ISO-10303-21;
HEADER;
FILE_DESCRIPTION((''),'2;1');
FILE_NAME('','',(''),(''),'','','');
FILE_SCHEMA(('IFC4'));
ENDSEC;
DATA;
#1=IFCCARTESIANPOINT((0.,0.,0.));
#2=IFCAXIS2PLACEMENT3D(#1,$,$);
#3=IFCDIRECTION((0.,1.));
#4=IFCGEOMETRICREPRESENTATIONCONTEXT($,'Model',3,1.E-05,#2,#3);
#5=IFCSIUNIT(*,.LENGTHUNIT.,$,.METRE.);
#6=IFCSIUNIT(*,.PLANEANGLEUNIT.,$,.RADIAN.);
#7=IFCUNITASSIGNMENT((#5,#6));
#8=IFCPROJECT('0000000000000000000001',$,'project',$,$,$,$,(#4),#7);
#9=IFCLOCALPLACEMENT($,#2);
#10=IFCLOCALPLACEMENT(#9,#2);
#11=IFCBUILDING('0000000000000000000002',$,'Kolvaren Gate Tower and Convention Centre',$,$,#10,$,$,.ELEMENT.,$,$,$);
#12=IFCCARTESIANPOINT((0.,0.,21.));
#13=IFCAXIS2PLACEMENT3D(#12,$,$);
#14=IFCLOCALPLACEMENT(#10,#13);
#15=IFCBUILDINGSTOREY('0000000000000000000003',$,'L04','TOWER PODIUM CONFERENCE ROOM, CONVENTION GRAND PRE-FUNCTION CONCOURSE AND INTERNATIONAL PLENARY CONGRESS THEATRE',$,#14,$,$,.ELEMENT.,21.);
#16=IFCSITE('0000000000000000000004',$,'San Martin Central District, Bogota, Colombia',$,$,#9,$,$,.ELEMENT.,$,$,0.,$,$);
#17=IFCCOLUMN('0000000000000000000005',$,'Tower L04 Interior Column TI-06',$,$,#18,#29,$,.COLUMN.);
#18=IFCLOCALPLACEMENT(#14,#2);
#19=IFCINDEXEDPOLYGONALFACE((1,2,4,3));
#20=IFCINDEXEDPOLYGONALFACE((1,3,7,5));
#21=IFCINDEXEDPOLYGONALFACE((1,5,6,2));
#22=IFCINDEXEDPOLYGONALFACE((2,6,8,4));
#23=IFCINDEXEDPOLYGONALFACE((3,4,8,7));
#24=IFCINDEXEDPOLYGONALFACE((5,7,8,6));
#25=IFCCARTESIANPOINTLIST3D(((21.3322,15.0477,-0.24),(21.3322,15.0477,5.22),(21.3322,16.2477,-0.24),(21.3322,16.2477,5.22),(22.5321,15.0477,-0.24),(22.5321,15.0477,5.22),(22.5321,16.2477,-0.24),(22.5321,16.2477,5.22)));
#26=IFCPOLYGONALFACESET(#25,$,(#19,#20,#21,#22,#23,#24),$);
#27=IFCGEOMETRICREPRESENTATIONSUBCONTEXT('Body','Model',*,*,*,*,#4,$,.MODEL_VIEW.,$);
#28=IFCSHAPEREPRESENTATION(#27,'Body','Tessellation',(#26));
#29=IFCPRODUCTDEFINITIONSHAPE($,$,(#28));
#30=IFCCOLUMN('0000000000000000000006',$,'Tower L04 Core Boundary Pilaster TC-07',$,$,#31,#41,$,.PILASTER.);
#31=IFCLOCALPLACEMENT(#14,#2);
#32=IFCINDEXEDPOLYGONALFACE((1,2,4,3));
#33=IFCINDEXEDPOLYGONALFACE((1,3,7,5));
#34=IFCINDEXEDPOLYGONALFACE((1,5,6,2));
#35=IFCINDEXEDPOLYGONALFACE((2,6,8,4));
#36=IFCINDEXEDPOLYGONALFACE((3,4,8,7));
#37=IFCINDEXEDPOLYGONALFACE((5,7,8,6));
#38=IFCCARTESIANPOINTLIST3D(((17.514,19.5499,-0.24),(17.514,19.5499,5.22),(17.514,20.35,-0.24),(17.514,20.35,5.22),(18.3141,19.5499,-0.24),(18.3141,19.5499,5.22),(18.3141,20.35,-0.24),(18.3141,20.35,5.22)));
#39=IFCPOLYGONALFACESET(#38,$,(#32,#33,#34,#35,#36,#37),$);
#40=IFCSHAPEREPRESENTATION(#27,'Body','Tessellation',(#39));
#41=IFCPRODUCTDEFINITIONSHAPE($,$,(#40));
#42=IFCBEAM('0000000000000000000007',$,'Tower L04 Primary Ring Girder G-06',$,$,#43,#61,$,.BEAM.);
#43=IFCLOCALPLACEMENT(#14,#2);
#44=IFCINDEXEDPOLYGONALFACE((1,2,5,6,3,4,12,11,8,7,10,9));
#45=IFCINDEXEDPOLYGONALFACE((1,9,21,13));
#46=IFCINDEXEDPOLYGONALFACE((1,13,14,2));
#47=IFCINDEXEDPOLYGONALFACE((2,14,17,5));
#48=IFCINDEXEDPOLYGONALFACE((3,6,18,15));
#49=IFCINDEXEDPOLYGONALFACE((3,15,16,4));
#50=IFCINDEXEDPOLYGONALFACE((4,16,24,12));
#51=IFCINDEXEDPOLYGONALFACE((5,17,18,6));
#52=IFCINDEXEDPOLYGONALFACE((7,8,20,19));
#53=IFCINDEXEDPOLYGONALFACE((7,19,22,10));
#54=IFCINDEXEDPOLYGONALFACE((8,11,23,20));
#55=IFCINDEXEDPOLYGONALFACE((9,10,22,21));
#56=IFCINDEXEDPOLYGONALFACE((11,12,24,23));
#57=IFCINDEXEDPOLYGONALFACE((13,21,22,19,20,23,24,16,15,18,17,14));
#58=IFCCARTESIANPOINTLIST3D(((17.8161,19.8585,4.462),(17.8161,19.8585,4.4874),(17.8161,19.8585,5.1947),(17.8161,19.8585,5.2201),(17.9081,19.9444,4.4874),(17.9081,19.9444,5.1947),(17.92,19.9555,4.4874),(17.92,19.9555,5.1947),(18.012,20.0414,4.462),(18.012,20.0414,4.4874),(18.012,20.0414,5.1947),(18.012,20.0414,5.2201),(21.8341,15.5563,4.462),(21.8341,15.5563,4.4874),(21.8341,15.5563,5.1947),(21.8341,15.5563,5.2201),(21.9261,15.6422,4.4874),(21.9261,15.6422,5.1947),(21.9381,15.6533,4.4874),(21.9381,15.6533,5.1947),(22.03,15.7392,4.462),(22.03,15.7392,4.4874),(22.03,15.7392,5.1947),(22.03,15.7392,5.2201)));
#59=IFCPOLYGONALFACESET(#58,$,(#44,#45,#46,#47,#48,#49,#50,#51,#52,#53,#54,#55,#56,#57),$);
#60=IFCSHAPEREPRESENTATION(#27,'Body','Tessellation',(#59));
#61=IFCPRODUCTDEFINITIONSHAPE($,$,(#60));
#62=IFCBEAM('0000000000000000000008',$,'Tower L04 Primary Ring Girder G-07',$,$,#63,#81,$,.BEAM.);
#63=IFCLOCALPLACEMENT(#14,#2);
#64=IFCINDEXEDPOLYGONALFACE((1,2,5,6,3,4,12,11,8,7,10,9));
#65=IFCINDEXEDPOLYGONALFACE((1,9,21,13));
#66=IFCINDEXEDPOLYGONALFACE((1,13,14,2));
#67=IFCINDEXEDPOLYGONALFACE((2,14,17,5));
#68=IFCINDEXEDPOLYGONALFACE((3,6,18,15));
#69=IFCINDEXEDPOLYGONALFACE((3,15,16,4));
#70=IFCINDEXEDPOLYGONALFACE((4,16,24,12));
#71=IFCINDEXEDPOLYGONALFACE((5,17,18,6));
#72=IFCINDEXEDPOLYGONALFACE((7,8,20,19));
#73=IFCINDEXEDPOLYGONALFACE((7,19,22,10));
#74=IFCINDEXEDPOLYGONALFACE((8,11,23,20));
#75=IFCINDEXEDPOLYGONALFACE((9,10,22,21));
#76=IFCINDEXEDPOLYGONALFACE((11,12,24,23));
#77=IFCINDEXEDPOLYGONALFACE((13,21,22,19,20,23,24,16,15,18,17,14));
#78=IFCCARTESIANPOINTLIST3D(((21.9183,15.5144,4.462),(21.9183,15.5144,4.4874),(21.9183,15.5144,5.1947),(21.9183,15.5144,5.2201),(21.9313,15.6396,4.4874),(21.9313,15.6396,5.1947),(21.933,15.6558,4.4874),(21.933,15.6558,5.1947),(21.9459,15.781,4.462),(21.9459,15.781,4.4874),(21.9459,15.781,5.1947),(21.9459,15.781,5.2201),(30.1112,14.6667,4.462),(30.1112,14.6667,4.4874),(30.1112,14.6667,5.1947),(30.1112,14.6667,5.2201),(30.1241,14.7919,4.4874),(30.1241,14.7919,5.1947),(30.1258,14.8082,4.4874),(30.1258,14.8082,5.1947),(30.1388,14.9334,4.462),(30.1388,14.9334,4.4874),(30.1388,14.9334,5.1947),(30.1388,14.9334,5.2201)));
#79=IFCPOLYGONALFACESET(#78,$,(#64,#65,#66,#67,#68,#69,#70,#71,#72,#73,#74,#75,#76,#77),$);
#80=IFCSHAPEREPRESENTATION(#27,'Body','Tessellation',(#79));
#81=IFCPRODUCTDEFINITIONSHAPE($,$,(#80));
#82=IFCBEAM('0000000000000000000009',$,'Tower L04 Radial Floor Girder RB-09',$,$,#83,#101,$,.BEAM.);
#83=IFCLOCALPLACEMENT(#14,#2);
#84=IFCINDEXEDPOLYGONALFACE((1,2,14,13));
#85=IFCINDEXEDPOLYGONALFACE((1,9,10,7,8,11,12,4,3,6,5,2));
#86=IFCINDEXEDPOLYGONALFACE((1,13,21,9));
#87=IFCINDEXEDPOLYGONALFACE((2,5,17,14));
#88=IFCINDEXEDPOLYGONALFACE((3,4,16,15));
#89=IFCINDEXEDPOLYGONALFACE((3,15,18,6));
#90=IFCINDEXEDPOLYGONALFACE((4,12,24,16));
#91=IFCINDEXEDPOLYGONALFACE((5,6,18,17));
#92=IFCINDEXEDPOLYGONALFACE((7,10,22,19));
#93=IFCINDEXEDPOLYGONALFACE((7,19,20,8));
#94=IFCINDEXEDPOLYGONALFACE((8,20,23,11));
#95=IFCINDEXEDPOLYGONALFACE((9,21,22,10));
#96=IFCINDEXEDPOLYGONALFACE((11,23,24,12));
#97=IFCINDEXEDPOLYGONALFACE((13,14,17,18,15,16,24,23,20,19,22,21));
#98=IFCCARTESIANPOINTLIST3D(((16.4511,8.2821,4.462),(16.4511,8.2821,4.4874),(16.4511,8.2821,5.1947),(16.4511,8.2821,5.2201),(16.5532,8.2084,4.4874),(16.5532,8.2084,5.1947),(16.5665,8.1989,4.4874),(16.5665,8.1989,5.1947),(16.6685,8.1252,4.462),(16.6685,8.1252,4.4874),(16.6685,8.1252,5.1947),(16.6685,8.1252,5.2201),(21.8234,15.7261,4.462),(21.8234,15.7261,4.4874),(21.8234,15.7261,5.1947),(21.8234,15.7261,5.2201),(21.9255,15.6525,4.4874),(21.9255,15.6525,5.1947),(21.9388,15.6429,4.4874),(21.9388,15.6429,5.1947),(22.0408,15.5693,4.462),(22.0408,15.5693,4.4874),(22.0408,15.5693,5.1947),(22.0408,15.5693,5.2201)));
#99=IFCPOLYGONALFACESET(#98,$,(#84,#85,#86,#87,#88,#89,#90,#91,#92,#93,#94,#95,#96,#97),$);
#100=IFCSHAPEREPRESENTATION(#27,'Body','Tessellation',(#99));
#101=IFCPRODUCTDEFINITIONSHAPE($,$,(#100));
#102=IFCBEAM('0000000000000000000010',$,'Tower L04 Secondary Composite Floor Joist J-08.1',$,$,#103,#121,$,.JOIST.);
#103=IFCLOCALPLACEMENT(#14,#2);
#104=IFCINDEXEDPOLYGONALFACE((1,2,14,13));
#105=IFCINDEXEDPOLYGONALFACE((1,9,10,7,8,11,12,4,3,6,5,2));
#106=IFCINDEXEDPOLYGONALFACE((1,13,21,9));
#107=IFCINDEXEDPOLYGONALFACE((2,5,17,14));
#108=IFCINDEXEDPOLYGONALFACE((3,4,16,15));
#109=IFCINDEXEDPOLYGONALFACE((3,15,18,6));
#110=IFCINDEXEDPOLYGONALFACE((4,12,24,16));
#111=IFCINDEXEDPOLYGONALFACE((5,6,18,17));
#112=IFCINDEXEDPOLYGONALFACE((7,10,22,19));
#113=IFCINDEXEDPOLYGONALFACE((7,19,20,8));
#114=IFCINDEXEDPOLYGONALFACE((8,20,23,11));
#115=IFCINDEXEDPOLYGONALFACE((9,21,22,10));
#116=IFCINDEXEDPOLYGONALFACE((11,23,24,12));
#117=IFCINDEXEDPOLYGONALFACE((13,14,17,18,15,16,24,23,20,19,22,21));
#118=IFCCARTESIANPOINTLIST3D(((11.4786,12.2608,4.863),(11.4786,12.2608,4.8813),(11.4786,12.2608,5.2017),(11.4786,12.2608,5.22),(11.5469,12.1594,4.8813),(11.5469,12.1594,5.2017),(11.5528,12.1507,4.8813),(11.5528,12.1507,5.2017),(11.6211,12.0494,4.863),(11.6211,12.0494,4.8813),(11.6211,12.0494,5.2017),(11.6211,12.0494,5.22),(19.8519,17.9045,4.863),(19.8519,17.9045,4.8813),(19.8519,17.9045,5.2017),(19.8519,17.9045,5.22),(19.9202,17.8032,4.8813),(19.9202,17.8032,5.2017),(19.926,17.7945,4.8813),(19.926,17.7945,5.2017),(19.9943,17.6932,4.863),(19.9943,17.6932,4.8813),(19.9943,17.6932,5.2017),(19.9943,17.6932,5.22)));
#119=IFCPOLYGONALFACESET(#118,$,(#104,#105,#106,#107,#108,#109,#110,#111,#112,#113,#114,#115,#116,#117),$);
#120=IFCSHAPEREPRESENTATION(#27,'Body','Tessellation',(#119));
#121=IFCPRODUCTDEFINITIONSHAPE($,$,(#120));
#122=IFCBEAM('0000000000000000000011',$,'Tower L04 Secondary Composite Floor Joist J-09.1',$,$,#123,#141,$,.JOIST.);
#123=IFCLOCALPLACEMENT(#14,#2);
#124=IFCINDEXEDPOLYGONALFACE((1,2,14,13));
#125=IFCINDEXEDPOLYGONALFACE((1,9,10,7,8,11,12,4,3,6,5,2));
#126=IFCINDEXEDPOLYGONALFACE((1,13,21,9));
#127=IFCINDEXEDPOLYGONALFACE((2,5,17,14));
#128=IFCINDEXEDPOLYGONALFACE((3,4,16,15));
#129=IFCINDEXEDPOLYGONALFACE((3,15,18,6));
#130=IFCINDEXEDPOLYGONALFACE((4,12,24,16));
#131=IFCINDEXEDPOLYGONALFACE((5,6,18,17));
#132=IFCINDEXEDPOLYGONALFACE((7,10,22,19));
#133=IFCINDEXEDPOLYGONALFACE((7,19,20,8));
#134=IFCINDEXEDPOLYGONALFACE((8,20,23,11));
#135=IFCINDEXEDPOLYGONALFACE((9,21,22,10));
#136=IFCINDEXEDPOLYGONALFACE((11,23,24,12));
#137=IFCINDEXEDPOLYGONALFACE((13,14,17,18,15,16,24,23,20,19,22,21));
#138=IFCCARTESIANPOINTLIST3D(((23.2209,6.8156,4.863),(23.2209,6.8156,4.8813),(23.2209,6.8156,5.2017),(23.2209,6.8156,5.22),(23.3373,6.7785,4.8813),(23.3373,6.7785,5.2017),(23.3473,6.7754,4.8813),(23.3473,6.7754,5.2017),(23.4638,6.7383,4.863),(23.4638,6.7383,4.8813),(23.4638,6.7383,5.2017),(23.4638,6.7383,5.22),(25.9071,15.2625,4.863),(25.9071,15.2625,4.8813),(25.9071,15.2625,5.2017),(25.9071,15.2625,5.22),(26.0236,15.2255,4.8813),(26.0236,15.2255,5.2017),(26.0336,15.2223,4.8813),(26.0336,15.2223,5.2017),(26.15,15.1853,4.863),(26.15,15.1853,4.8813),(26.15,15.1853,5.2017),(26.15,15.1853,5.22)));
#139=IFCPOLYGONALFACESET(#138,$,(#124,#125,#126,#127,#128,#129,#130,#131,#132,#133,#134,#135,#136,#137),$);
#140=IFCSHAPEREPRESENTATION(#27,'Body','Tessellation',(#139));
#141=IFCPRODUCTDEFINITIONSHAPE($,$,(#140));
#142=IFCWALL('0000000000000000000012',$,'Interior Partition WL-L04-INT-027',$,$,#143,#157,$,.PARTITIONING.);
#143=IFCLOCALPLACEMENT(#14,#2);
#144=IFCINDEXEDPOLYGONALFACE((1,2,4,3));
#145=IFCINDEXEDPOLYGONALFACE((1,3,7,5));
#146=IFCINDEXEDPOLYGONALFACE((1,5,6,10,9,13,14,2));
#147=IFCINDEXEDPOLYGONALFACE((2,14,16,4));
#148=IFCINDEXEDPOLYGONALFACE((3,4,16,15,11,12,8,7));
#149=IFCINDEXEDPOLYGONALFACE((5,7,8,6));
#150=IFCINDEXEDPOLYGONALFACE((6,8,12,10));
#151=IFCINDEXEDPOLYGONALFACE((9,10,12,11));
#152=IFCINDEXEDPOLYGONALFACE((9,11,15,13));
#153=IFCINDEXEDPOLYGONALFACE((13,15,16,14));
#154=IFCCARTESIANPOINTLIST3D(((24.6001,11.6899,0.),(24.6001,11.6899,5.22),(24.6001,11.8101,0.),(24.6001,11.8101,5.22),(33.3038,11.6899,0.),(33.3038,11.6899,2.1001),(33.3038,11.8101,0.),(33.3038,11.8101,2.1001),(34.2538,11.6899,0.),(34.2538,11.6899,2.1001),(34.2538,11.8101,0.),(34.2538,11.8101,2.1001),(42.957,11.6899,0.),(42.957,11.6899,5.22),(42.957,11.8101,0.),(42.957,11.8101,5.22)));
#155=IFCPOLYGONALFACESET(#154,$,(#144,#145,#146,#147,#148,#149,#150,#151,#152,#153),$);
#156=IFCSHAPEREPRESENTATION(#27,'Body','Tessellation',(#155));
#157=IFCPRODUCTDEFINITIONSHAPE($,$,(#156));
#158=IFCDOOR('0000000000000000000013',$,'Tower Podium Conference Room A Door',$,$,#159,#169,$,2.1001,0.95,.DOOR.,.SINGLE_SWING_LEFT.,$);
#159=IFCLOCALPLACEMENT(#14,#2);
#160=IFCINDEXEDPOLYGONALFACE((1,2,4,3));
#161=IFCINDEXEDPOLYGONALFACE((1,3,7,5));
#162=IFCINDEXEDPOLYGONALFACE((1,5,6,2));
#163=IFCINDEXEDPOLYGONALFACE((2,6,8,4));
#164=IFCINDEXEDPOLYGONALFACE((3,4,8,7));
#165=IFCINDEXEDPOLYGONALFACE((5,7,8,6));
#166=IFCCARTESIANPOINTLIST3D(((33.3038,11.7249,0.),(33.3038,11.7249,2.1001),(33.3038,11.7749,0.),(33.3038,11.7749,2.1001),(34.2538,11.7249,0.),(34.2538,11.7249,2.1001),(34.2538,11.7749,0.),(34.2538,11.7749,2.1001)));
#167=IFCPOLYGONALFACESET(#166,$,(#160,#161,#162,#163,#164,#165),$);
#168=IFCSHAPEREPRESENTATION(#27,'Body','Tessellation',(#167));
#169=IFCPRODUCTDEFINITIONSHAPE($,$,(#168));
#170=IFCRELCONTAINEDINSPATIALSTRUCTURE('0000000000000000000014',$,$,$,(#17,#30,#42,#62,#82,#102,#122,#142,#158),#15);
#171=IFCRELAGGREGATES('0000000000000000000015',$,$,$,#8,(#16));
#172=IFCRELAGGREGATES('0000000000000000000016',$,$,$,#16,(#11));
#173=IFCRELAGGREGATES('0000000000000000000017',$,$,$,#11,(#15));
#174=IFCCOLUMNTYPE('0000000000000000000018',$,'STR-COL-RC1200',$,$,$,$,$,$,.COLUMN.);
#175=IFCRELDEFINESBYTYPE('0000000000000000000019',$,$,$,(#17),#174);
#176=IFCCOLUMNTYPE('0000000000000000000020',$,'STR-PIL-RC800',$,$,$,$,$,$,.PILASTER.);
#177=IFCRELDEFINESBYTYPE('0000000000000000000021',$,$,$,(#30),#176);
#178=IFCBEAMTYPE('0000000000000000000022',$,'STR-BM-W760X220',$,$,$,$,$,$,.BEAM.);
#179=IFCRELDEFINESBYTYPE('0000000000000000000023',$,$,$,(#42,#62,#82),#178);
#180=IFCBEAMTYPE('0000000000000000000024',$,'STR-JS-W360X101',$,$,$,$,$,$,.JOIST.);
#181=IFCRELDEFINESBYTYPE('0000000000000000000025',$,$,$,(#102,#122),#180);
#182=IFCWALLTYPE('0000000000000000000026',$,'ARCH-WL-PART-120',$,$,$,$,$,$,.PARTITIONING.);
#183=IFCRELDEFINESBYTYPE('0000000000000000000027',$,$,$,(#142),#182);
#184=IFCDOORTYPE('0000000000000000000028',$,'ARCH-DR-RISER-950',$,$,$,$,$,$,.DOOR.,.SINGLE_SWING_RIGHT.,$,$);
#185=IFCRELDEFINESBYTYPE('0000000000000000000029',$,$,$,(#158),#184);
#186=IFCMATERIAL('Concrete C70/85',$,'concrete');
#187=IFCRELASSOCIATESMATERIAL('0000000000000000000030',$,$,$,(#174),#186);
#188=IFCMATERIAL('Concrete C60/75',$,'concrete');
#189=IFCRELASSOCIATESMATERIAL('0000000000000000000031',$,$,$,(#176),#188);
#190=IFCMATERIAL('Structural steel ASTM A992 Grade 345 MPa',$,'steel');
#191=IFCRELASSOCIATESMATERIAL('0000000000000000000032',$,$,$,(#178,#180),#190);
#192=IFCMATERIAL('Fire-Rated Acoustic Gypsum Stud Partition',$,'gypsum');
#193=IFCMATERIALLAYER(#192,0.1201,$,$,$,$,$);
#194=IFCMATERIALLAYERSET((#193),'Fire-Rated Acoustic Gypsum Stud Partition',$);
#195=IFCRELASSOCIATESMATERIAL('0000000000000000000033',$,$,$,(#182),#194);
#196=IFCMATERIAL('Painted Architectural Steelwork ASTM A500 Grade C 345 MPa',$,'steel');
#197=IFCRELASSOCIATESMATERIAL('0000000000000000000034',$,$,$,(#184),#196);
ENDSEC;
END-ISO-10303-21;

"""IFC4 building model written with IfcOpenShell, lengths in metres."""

from ifc_helpers import new_model, si_unit, direction, frame, frame_2d, origin, origin_2d, place, context, subcontext, project, spatial, rectangle, i_section, extrude, material, layer, layer_set, material_profile, profile_set, type_object, element, fill, save


model = new_model("IFC4")

# Units and contexts
model_context = context("Model", 3, precision=1e-05, world=origin(), true_north=direction((0.0, 1.0)))
body_context = subcontext(model_context, "Body", "Model", "MODEL_VIEW")
ifc_project = project(units=[si_unit("LENGTHUNIT", "METRE"), si_unit("PLANEANGLEUNIT", "RADIAN")], contexts=[model_context])

# Site, building, storey
site_placement = place(None, origin())
site = spatial("IfcSite", under=ifc_project, at=site_placement, Name="San Martin Central District, Bogota, Colombia", CompositionType="ELEMENT", RefElevation=0.0)
building_placement = place(site_placement, origin())
building = spatial("IfcBuilding", under=site, at=building_placement, Name="Kolvaren Gate Tower and Convention Centre", CompositionType="ELEMENT")
storey_placement = place(building_placement, frame((0.0, 0.0, 21.0)))
storey = spatial("IfcBuildingStorey", under=building, at=storey_placement, Name="L04", Description="TOWER PODIUM CONFERENCE ROOM, CONVENTION GRAND PRE-FUNCTION CONCOURSE AND INTERNATIONAL PLENARY CONGRESS THEATRE", CompositionType="ELEMENT", Elevation=21.0)

# Columns
ifc_material_1 = material(Name="Concrete C70/85", Category="concrete")
ifc_material_profile_1 = material_profile(ifc_material_1, rectangle(XDim=1.2, YDim=1.2, at=origin_2d()), Name="RC-COL-1200X1200")
ifc_profile_set_1 = profile_set([ifc_material_profile_1], Name="Concrete C70/85")
column_type_1 = type_object("IfcColumnType", Name="STR-COL-RC1200", PredefinedType="COLUMN", material=ifc_profile_set_1)
column_1_placement = place(storey_placement, frame((21.9321, 15.6477, -0.24), z_axis=(0.0, 0.0, 1.0), x_axis=(1.0, 0.0, 0.0)))
element("IfcColumn", 1, at=column_1_placement, inside=storey, type_object=column_type_1, Name="Tower L04 Interior Column TI-06", PredefinedType="COLUMN", context=body_context, shape_type="SweptSolid", body=[
    extrude(rectangle(XDim=1.2, YDim=1.2, at=origin_2d()), origin(), (0.0, 0.0, 1.0), 5.46),
])
ifc_material_2 = material(Name="Concrete C60/75", Category="concrete")
ifc_material_profile_2 = material_profile(ifc_material_2, rectangle(XDim=0.8, YDim=0.8, at=origin_2d()), Name="RC-COL-800X800")
ifc_profile_set_2 = profile_set([ifc_material_profile_2], Name="Concrete C60/75")
column_type_2 = type_object("IfcColumnType", Name="STR-PIL-RC800", PredefinedType="PILASTER", material=ifc_profile_set_2)
column_2_placement = place(storey_placement, frame((17.9141, 19.95, -0.24), z_axis=(0.0, 0.0, 1.0), x_axis=(1.0, 0.0, 0.0)))
element("IfcColumn", 2, at=column_2_placement, inside=storey, type_object=column_type_2, Name="Tower L04 Core Boundary Pilaster TC-07", PredefinedType="PILASTER", context=body_context, shape_type="SweptSolid", body=[
    extrude(rectangle(XDim=0.8, YDim=0.8, at=origin_2d()), origin(), (0.0, 0.0, 1.0), 5.46),
])

# Beams
ifc_material_3 = material(Name="Structural steel ASTM A992 Grade 345 MPa", Category="steel")
ifc_material_profile_3 = material_profile(ifc_material_3, i_section(OverallWidth=0.2681, OverallDepth=0.7581, WebThickness=0.0164, FlangeThickness=0.0254, at=origin_2d()), Name="W760X220")
ifc_profile_set_3 = profile_set([ifc_material_profile_3], Name="Structural steel ASTM A992 Grade 345 MPa")
beam_type_1 = type_object("IfcBeamType", Name="STR-BM-W760X220", PredefinedType="BEAM", material=ifc_profile_set_3)
beam_1_placement = place(storey_placement, frame((17.9141, 19.95, 4.8411), z_axis=(0.682558, -0.730832, 0.0), x_axis=(0.730832, 0.682558, 0.0)))
element("IfcBeam", 3, at=beam_1_placement, inside=storey, type_object=beam_type_1, Name="Tower L04 Primary Ring Girder G-06", PredefinedType="BEAM", context=body_context, shape_type="SweptSolid", body=[
    extrude(i_section(OverallWidth=0.2681, OverallDepth=0.7581, WebThickness=0.0164, FlangeThickness=0.0254, at=origin_2d()), origin(), (0.0, 0.0, 1.0), 5.8867),
])
beam_2_placement = place(storey_placement, frame((21.9321, 15.6477, 4.8411), z_axis=(0.99469, -0.102913, 0.0), x_axis=(0.102913, 0.99469, 0.0)))
element("IfcBeam", 4, at=beam_2_placement, inside=storey, type_object=beam_type_1, Name="Tower L04 Primary Ring Girder G-07", PredefinedType="BEAM", context=body_context, shape_type="SweptSolid", body=[
    extrude(i_section(OverallWidth=0.2681, OverallDepth=0.7581, WebThickness=0.0164, FlangeThickness=0.0254, at=origin_2d()), origin(), (0.0, 0.0, 1.0), 8.2366),
])
beam_3_placement = place(storey_placement, frame((21.9321, 15.6477, 4.8411), z_axis=(-0.585206, -0.810885, 0.0), x_axis=(0.810885, -0.585206, 0.0)))
element("IfcBeam", 5, at=beam_3_placement, inside=storey, type_object=beam_type_1, Name="Tower L04 Radial Floor Girder RB-09", PredefinedType="BEAM", context=body_context, shape_type="SweptSolid", body=[
    extrude(i_section(OverallWidth=0.2681, OverallDepth=0.7581, WebThickness=0.0164, FlangeThickness=0.0254, at=origin_2d()), origin(), (0.0, 0.0, 1.0), 9.1802),
])
ifc_material_profile_4 = material_profile(ifc_material_3, i_section(OverallWidth=0.2549, OverallDepth=0.3569, WebThickness=0.0105, FlangeThickness=0.0183, at=origin_2d()), Name="W360X101")
ifc_profile_set_4 = profile_set([ifc_material_profile_4], Name="Structural steel ASTM A992 Grade 345 MPa")
beam_type_2 = type_object("IfcBeamType", Name="STR-JS-W360X101", PredefinedType="JOIST", material=ifc_profile_set_4)
beam_4_placement = place(storey_placement, frame((19.9231, 17.7988, 5.0415), z_axis=(-0.829224, -0.558917, 0.0), x_axis=(0.558917, -0.829224, 0.0)))
element("IfcBeam", 6, at=beam_4_placement, inside=storey, type_object=beam_type_2, Name="Tower L04 Secondary Composite Floor Joist J-08.1", PredefinedType="JOIST", context=body_context, shape_type="SweptSolid", body=[
    extrude(i_section(OverallWidth=0.2549, OverallDepth=0.3569, WebThickness=0.0105, FlangeThickness=0.0183, at=origin_2d()), origin(), (0.0, 0.0, 1.0), 10.0977),
])
beam_5_placement = place(storey_placement, frame((26.0286, 15.2239, 5.0415), z_axis=(-0.303059, -0.952972, 0.0), x_axis=(0.952972, -0.303059, 0.0)))
element("IfcBeam", 7, at=beam_5_placement, inside=storey, type_object=beam_type_2, Name="Tower L04 Secondary Composite Floor Joist J-09.1", PredefinedType="JOIST", context=body_context, shape_type="SweptSolid", body=[
    extrude(i_section(OverallWidth=0.2549, OverallDepth=0.3569, WebThickness=0.0105, FlangeThickness=0.0183, at=origin_2d()), origin(), (0.0, 0.0, 1.0), 8.8638),
])

# Wall, opening, door
ifc_material_4 = material(Name="Fire-Rated Acoustic Gypsum Stud Partition", Category="gypsum")
ifc_layer_1 = layer(ifc_material_4, 0.1201)
ifc_layer_set_1 = layer_set([ifc_layer_1], Name="Fire-Rated Acoustic Gypsum Stud Partition")
wall_type_1 = type_object("IfcWallType", Name="ARCH-WL-PART-120", PredefinedType="PARTITIONING", material=ifc_layer_set_1)
wall_1_placement = place(storey_placement, frame((24.6001, 11.75, 0.0), z_axis=(0.0, 0.0, 1.0), x_axis=(1.0, 0.0, 0.0)))
wall_1 = element("IfcWall", 8, at=wall_1_placement, inside=storey, type_object=wall_type_1, Name="Interior Partition WL-L04-INT-027", PredefinedType="PARTITIONING", context=body_context, shape_type="SweptSolid", body=[
    extrude(rectangle(XDim=18.3569, YDim=0.1201, at=frame_2d((9.1785, 0.0))), origin(), (0.0, 0.0, 1.0), 5.22),
])
opening_1_placement = place(wall_1_placement, frame((8.7036, 0.0, 0.0)))
opening_1 = element("IfcOpeningElement", 9, at=opening_1_placement, cuts=wall_1, PredefinedType="OPENING", context=body_context, shape_type="SweptSolid", body=[
    extrude(rectangle(XDim=0.95, YDim=2.1001, at=frame_2d((0.4751, 1.05))), frame((0.0, 0.0701, 0.0), z_axis=(0.0, -1.0, 0.0), x_axis=(1.0, 0.0, 0.0)), (0.0, 0.0, 1.0), 0.1401),
])
ifc_material_5 = material(Name="Painted Architectural Steelwork ASTM A500 Grade C 345 MPa", Category="steel")
door_type_1 = type_object("IfcDoorType", Name="ARCH-DR-RISER-950", OperationType="SINGLE_SWING_RIGHT", PredefinedType="DOOR", material=ifc_material_5)
door_1_placement = place(opening_1_placement, origin())
door_1 = element("IfcDoor", 10, at=door_1_placement, inside=storey, type_object=door_type_1, Name="Tower Podium Conference Room A Door", OperationType="SINGLE_SWING_LEFT", OverallHeight=2.1001, OverallWidth=0.95, PredefinedType="DOOR", context=body_context, shape_type="SweptSolid", body=[
    extrude(rectangle(XDim=0.95, YDim=2.1001, at=frame_2d((0.4751, 1.05))), frame((0.0, 0.0249, 0.0), z_axis=(0.0, -1.0, 0.0), x_axis=(1.0, 0.0, 0.0)), (0.0, 0.0, 1.0), 0.05),
])
fill(opening_1, door_1)

save(model, "model.ifc")
